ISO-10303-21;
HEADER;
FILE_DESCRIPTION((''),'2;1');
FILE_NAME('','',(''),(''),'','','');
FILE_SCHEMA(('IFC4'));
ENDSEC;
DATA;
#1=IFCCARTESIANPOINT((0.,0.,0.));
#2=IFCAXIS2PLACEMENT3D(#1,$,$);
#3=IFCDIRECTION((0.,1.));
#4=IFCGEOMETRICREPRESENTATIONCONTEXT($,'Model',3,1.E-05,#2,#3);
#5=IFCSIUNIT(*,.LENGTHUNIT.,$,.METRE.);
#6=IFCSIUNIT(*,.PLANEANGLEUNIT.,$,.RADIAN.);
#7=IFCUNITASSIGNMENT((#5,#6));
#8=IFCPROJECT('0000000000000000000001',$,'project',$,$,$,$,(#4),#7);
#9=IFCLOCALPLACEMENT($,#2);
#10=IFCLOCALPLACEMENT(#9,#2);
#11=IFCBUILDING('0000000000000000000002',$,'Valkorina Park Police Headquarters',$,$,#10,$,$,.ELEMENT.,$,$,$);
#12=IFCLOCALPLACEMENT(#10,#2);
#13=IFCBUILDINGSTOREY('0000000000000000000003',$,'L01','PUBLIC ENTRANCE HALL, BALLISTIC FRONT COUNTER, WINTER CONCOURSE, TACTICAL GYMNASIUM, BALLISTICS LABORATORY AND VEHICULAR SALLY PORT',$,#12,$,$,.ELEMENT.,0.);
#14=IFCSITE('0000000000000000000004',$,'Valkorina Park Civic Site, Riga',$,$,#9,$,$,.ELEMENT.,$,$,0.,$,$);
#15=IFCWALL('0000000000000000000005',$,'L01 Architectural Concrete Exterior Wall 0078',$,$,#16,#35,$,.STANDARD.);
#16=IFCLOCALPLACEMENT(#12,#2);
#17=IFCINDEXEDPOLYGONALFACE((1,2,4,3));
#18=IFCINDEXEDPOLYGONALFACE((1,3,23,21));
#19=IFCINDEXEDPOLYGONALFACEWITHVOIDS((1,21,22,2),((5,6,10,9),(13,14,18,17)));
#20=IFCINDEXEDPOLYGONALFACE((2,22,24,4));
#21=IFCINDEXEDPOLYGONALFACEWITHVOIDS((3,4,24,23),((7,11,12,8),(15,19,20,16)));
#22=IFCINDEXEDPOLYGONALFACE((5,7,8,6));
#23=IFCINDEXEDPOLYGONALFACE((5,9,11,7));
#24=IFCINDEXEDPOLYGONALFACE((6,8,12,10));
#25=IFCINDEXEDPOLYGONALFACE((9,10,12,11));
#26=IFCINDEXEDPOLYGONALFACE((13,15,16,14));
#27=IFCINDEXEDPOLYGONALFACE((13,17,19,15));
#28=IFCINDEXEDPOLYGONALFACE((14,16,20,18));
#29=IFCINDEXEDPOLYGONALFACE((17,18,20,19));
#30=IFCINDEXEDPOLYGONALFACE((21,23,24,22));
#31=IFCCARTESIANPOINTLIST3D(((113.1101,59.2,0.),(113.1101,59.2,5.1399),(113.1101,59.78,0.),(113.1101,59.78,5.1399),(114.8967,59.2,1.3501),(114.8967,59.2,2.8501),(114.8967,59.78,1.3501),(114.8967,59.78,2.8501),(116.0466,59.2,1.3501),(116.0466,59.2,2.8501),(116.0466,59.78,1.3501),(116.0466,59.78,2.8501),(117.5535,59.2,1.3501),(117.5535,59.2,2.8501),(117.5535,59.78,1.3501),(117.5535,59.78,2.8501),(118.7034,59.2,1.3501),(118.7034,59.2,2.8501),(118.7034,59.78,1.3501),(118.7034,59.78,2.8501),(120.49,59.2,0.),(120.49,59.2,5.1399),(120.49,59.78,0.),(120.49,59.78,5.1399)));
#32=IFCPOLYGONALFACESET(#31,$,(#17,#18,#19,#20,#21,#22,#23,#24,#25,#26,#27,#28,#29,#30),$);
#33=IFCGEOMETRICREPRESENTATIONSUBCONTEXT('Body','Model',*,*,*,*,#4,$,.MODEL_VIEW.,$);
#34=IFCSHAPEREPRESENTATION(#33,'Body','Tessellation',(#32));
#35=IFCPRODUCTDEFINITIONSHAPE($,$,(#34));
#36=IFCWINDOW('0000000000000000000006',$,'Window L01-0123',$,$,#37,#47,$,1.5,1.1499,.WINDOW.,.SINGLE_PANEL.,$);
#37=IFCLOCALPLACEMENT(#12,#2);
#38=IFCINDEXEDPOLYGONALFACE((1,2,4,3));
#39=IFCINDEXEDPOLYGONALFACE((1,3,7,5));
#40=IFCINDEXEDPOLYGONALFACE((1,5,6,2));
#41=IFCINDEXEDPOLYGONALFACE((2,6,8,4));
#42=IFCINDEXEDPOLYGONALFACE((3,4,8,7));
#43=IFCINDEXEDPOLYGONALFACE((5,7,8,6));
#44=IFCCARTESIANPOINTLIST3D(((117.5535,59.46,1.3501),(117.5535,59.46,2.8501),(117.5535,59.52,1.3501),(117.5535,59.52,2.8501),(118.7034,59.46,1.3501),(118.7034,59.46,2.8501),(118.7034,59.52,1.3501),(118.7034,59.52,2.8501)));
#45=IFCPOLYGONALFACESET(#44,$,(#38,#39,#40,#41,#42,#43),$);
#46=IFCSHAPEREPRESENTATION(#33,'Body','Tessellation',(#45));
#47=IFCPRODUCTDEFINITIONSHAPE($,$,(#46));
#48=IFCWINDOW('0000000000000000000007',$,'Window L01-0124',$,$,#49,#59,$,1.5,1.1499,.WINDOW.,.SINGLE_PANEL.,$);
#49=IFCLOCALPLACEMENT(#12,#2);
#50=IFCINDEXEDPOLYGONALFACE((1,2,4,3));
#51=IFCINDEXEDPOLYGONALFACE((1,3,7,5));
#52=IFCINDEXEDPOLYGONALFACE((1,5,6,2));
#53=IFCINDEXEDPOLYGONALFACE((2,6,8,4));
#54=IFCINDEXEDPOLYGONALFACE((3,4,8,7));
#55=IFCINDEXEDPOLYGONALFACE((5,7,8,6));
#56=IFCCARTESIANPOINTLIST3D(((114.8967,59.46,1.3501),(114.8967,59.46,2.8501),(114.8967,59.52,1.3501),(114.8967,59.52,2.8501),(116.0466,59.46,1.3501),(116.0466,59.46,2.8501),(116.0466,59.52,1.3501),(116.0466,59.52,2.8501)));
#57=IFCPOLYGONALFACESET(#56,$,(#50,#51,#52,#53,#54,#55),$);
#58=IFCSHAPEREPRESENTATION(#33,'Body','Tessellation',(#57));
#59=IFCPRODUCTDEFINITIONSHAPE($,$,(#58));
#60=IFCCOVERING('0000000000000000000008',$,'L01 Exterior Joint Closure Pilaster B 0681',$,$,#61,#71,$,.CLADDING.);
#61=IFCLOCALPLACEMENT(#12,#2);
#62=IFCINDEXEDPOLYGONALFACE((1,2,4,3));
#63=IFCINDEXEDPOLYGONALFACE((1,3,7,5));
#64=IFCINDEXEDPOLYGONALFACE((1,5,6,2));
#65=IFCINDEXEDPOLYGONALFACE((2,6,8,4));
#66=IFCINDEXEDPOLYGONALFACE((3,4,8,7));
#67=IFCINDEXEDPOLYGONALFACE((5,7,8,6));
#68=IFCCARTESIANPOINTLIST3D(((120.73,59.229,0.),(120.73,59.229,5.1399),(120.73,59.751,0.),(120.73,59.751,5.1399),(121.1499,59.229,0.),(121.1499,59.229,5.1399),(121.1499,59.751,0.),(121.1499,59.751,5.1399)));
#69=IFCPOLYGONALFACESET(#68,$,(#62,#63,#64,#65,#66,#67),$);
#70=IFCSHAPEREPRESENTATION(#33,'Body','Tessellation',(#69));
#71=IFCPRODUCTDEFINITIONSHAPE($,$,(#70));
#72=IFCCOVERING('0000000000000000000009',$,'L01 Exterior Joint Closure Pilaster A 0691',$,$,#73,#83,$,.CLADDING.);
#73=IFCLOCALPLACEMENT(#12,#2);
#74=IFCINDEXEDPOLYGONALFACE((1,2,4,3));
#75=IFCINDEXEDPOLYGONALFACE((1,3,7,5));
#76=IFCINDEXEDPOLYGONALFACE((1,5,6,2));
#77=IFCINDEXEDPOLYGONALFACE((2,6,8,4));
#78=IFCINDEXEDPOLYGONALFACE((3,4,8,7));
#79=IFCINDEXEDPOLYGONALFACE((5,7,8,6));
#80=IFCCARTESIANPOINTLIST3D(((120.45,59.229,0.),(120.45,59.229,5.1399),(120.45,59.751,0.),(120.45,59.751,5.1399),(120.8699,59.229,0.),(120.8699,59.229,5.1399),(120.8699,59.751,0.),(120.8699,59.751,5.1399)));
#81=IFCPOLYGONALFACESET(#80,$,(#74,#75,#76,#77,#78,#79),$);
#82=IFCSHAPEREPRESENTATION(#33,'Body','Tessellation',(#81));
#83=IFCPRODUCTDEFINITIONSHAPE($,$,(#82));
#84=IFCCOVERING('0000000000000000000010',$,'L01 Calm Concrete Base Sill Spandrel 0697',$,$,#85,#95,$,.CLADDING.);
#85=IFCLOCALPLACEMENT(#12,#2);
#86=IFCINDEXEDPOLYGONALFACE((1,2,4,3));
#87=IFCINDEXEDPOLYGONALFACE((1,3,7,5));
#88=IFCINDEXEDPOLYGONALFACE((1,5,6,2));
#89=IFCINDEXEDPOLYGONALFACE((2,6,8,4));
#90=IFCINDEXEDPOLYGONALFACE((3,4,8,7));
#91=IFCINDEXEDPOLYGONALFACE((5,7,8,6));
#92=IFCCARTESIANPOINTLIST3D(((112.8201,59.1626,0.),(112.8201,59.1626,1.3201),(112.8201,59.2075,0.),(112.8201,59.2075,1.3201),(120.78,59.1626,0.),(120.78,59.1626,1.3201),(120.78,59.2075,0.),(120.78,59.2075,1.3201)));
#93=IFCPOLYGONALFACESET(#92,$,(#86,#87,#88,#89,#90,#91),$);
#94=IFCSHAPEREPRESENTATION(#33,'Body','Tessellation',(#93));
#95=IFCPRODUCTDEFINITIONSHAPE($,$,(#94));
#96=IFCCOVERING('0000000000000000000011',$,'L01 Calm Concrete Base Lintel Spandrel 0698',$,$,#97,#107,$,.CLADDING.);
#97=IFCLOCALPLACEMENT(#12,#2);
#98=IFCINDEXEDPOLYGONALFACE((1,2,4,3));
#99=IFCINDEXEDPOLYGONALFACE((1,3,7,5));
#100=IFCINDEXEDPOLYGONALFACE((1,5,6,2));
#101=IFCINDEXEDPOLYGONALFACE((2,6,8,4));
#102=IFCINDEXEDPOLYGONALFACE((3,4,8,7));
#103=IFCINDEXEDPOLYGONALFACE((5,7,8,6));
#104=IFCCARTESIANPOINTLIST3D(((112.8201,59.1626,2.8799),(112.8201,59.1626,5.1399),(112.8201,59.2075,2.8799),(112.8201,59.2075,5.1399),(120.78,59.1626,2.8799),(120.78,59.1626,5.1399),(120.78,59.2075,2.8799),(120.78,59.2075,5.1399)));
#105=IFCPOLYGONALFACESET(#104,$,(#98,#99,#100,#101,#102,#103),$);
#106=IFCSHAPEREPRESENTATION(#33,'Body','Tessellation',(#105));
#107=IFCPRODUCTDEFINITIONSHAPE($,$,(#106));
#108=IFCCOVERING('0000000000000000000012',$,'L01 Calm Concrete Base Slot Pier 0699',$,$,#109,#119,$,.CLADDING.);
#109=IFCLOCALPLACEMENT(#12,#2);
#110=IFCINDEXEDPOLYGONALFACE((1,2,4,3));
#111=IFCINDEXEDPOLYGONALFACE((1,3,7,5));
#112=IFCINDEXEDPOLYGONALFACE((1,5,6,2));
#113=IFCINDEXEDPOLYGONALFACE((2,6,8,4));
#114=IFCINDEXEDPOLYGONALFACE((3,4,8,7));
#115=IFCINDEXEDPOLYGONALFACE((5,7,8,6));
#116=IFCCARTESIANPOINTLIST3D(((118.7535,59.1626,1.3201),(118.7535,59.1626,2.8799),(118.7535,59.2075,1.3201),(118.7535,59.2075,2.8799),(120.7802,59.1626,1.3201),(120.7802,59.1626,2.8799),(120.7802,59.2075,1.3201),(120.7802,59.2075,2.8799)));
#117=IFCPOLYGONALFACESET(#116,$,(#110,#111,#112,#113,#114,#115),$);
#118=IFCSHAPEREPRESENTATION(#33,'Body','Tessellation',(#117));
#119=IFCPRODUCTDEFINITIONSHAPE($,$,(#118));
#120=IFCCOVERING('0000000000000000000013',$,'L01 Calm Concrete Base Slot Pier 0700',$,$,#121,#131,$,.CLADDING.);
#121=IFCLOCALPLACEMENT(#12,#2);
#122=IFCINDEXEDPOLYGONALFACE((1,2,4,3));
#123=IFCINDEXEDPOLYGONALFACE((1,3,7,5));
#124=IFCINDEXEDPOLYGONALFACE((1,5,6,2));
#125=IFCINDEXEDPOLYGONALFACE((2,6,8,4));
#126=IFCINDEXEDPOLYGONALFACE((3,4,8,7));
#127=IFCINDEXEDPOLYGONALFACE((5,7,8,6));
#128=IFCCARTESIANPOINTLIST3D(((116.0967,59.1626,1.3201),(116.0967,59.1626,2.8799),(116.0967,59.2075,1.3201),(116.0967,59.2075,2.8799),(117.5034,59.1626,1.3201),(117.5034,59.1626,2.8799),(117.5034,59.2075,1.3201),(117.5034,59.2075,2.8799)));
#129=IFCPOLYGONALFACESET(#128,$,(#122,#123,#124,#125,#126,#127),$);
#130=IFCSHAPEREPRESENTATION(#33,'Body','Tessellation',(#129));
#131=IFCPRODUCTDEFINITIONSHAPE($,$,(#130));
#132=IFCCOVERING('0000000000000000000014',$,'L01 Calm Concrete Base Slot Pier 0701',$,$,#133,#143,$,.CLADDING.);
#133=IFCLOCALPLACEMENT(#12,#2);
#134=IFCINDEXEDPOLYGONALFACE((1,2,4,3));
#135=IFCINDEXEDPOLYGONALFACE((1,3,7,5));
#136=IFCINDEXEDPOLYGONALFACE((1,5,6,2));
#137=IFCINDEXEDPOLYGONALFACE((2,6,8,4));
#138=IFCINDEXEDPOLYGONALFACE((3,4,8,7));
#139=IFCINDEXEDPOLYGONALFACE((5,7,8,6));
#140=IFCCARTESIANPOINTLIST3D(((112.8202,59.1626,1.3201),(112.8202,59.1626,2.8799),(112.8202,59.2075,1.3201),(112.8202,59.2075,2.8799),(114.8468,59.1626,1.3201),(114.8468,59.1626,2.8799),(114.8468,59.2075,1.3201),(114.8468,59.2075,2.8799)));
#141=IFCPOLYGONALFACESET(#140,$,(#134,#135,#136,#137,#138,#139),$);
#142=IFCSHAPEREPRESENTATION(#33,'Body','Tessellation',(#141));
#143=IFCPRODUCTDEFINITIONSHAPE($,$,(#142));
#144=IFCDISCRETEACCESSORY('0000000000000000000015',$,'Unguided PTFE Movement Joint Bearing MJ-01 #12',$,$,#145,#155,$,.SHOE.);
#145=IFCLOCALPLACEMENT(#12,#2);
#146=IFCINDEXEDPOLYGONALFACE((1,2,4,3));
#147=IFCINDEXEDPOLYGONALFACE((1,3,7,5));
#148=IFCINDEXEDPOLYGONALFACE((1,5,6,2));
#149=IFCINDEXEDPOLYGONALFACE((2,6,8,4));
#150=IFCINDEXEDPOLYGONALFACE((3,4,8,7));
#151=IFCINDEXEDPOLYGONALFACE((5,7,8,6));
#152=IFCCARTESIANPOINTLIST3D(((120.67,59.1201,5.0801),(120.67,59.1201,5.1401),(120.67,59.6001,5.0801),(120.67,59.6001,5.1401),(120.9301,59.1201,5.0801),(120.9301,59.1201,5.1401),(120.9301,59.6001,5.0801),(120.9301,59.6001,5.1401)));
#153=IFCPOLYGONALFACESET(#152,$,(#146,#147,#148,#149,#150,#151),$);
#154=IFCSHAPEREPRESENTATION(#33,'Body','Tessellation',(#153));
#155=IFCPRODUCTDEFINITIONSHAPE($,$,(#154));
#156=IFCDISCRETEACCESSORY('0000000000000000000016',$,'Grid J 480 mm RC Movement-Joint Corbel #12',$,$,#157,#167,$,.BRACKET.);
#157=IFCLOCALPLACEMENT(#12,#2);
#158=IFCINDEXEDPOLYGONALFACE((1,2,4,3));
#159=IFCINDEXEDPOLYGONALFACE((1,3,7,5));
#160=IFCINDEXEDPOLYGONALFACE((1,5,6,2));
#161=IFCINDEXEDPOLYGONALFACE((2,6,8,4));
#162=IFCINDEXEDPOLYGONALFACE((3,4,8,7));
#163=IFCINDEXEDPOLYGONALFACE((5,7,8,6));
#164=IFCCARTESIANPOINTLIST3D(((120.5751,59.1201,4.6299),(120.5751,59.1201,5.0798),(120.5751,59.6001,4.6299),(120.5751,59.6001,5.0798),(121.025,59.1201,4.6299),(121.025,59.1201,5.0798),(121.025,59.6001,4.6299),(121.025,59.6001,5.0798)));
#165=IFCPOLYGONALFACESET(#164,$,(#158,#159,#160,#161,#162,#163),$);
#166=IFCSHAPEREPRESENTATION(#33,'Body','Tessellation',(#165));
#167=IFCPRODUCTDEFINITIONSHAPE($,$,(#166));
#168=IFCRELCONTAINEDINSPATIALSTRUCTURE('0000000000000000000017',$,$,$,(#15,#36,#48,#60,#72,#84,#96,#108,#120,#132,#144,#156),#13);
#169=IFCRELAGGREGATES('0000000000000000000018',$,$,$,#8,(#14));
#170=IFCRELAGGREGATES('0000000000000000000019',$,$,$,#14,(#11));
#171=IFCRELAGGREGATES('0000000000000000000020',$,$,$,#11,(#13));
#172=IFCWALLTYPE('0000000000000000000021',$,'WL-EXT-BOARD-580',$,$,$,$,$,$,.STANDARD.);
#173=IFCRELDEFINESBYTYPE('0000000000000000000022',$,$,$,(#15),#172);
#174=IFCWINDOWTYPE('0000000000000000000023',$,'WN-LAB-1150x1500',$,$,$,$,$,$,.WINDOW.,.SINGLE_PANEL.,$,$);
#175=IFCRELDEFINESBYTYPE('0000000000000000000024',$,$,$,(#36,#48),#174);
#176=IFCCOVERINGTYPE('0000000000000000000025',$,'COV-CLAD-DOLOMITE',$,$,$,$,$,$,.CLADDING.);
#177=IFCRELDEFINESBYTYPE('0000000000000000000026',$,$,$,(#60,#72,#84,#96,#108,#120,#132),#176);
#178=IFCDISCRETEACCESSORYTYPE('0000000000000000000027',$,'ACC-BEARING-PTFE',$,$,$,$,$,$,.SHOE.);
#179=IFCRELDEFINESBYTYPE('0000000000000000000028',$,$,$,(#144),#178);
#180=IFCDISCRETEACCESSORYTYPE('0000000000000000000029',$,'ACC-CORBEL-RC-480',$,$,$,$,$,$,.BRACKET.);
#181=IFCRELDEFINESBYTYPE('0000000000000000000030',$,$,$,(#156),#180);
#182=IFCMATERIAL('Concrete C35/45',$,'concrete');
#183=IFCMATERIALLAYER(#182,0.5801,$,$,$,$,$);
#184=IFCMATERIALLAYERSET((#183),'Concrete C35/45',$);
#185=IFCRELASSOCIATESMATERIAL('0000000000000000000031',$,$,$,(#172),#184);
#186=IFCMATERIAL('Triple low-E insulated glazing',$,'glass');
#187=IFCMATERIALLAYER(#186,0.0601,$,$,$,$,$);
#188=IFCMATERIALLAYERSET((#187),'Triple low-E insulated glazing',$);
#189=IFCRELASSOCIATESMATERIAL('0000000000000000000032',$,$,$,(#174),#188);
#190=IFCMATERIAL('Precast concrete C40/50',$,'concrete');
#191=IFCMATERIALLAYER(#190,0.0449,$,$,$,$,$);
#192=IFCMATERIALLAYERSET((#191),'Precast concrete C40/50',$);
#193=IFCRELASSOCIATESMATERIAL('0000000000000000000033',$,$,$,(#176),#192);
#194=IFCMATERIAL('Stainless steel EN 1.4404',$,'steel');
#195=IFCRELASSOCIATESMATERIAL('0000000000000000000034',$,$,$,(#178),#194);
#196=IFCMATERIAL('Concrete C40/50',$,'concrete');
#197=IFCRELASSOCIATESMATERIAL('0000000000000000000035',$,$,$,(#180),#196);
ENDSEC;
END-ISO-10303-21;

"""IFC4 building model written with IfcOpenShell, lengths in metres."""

from ifc_helpers import new_model, si_unit, direction, frame, frame_2d, origin, origin_2d, place, context, subcontext, project, spatial, rectangle, extrude, material, layer, layer_set, type_object, element, fill, save


model = new_model("IFC4")

# Units and contexts
model_context = context("Model", 3, precision=1e-05, world=origin(), true_north=direction((0.0, 1.0)))
body_context = subcontext(model_context, "Body", "Model", "MODEL_VIEW")
ifc_project = project(units=[si_unit("LENGTHUNIT", "METRE"), si_unit("PLANEANGLEUNIT", "RADIAN")], contexts=[model_context])

# Site, building, storey
site_placement = place(None, origin())
site = spatial("IfcSite", under=ifc_project, at=site_placement, Name="Valkorina Park Civic Site, Riga", CompositionType="ELEMENT", RefElevation=0.0)
building_placement = place(site_placement, origin())
building = spatial("IfcBuilding", under=site, at=building_placement, Name="Valkorina Park Police Headquarters", CompositionType="ELEMENT")
storey_placement = place(building_placement, origin())
storey = spatial("IfcBuildingStorey", under=building, at=storey_placement, Name="L01", Description="PUBLIC ENTRANCE HALL, BALLISTIC FRONT COUNTER, WINTER CONCOURSE, TACTICAL GYMNASIUM, BALLISTICS LABORATORY AND VEHICULAR SALLY PORT", CompositionType="ELEMENT", Elevation=0.0)

# Shared definitions
ifc_material_1 = material(Name="Concrete C40/50", Category="concrete")

# Wall, openings, windows
ifc_material_2 = material(Name="Concrete C35/45", Category="concrete")
ifc_layer_1 = layer(ifc_material_2, 0.5801)
ifc_layer_set_1 = layer_set([ifc_layer_1], Name="Concrete C35/45")
wall_type = type_object("IfcWallType", Name="WL-EXT-BOARD-580", PredefinedType="STANDARD", material=ifc_layer_set_1)
wall_placement = place(storey_placement, frame((120.49, 59.49, 0.0), z_axis=(0.0, 0.0, 1.0), x_axis=(-1.0, 0.0, 0.0)))
wall = element("IfcWall", 1, at=wall_placement, inside=storey, type_object=wall_type, Name="L01 Architectural Concrete Exterior Wall 0078", PredefinedType="STANDARD", context=body_context, shape_type="SweptSolid", body=[
    extrude(rectangle(XDim=7.3799, YDim=0.5801, at=frame_2d((3.6899, 0.0))), origin(), (0.0, 0.0, 1.0), 5.1399),
])
opening_1_placement = place(wall_placement, frame((1.7866, 0.0, 1.3501)))
opening_1 = element("IfcOpeningElement", 2, at=opening_1_placement, cuts=wall, PredefinedType="OPENING", context=body_context, shape_type="SweptSolid", body=[
    extrude(rectangle(XDim=1.1499, YDim=1.5, at=frame_2d((0.575, 0.75))), frame((0.0, 0.3, 0.0), z_axis=(0.0, -1.0, 0.0), x_axis=(1.0, 0.0, 0.0)), (0.0, 0.0, 1.0), 0.6001),
])
opening_2_placement = place(wall_placement, frame((4.4434, 0.0, 1.3501)))
opening_2 = element("IfcOpeningElement", 3, at=opening_2_placement, cuts=wall, PredefinedType="OPENING", context=body_context, shape_type="SweptSolid", body=[
    extrude(rectangle(XDim=1.1499, YDim=1.5, at=frame_2d((0.575, 0.75))), frame((0.0, 0.3, 0.0), z_axis=(0.0, -1.0, 0.0), x_axis=(1.0, 0.0, 0.0)), (0.0, 0.0, 1.0), 0.6001),
])
ifc_material_3 = material(Name="Triple low-E insulated glazing", Category="glass")
ifc_layer_2 = layer(ifc_material_3, 0.0601)
ifc_layer_set_2 = layer_set([ifc_layer_2], Name="Triple low-E insulated glazing")
window_type = type_object("IfcWindowType", Name="WN-LAB-1150x1500", PartitioningType="SINGLE_PANEL", PredefinedType="WINDOW", material=ifc_layer_set_2)
window_1_placement = place(opening_1_placement, origin())
window_1 = element("IfcWindow", 4, at=window_1_placement, inside=storey, type_object=window_type, Name="Window L01-0123", OverallHeight=1.5, OverallWidth=1.1499, PartitioningType="SINGLE_PANEL", PredefinedType="WINDOW", context=body_context, shape_type="SweptSolid", body=[
    extrude(rectangle(XDim=1.1499, YDim=1.5, at=frame_2d((0.575, 0.75))), frame((0.0, 0.03, 0.0), z_axis=(0.0, -1.0, 0.0), x_axis=(1.0, 0.0, 0.0)), (0.0, 0.0, 1.0), 0.0601),
])
fill(opening_1, window_1)
window_2_placement = place(opening_2_placement, origin())
window_2 = element("IfcWindow", 5, at=window_2_placement, inside=storey, type_object=window_type, Name="Window L01-0124", OverallHeight=1.5, OverallWidth=1.1499, PartitioningType="SINGLE_PANEL", PredefinedType="WINDOW", context=body_context, shape_type="SweptSolid", body=[
    extrude(rectangle(XDim=1.1499, YDim=1.5, at=frame_2d((0.575, 0.75))), frame((0.0, 0.03, 0.0), z_axis=(0.0, -1.0, 0.0), x_axis=(1.0, 0.0, 0.0)), (0.0, 0.0, 1.0), 0.0601),
])
fill(opening_2, window_2)

# Coverings
ifc_material_4 = material(Name="Precast concrete C40/50", Category="concrete")
ifc_layer_3 = layer(ifc_material_4, 0.0449)
ifc_layer_set_3 = layer_set([ifc_layer_3], Name="Precast concrete C40/50")
covering_type = type_object("IfcCoveringType", Name="COV-CLAD-DOLOMITE", PredefinedType="CLADDING", material=ifc_layer_set_3)
for number, where, z_axis, x_axis, name in (
    (6, (120.9399, 59.49, 0.0), (0.0, 0.0, 1.0), (1.0, 0.0, 0.0), "L01 Exterior Joint Closure Pilaster B 0681"),
    (7, (120.6599, 59.49, 0.0), (0.0, 0.0, 1.0), (1.0, 0.0, 0.0), "L01 Exterior Joint Closure Pilaster A 0691"),
):
    element("IfcCovering", number, at=place(storey_placement, frame(where, z_axis=z_axis, x_axis=x_axis)), inside=storey, type_object=covering_type, Name=name, PredefinedType="CLADDING", context=body_context, shape_type="SweptSolid", body=[
        extrude(rectangle(XDim=0.4199, YDim=0.522, at=origin_2d()), origin(), (0.0, 0.0, 1.0), 5.1399),
    ])
covering_1_placement = place(storey_placement, frame((120.78, 59.1851, 0.0), z_axis=(0.0, 0.0, 1.0), x_axis=(-1.0, 0.0, 0.0)))
element("IfcCovering", 8, at=covering_1_placement, inside=storey, type_object=covering_type, Name="L01 Calm Concrete Base Sill Spandrel 0697", PredefinedType="CLADDING", context=body_context, shape_type="SweptSolid", body=[
    extrude(rectangle(XDim=7.96, YDim=0.0449, at=frame_2d((3.98, 0.0))), origin(), (0.0, 0.0, 1.0), 1.3201),
])
covering_2_placement = place(storey_placement, frame((120.78, 59.1851, 2.8799), z_axis=(0.0, 0.0, 1.0), x_axis=(-1.0, 0.0, 0.0)))
element("IfcCovering", 9, at=covering_2_placement, inside=storey, type_object=covering_type, Name="L01 Calm Concrete Base Lintel Spandrel 0698", PredefinedType="CLADDING", context=body_context, shape_type="SweptSolid", body=[
    extrude(rectangle(XDim=7.96, YDim=0.0449, at=frame_2d((3.98, 0.0))), origin(), (0.0, 0.0, 1.0), 2.26),
])
covering_3_placement = place(storey_placement, frame((120.78, 59.1851, 1.3201), z_axis=(0.0, 0.0, 1.0), x_axis=(-1.0, 0.0, 0.0)))
element("IfcCovering", 10, at=covering_3_placement, inside=storey, type_object=covering_type, Name="L01 Calm Concrete Base Slot Pier 0699", PredefinedType="CLADDING", context=body_context, shape_type="SweptSolid", body=[
    extrude(rectangle(XDim=2.0266, YDim=0.0449, at=frame_2d((1.0132, 0.0))), origin(), (0.0, 0.0, 1.0), 1.5598),
])
covering_4_placement = place(storey_placement, frame((117.5034, 59.1851, 1.3201), z_axis=(0.0, 0.0, 1.0), x_axis=(-1.0, 0.0, 0.0)))
element("IfcCovering", 11, at=covering_4_placement, inside=storey, type_object=covering_type, Name="L01 Calm Concrete Base Slot Pier 0700", PredefinedType="CLADDING", context=body_context, shape_type="SweptSolid", body=[
    extrude(rectangle(XDim=1.4067, YDim=0.0449, at=frame_2d((0.7034, 0.0))), origin(), (0.0, 0.0, 1.0), 1.5598),
])
covering_5_placement = place(storey_placement, frame((114.8467, 59.1851, 1.3201), z_axis=(0.0, 0.0, 1.0), x_axis=(-1.0, 0.0, 0.0)))
element("IfcCovering", 12, at=covering_5_placement, inside=storey, type_object=covering_type, Name="L01 Calm Concrete Base Slot Pier 0701", PredefinedType="CLADDING", context=body_context, shape_type="SweptSolid", body=[
    extrude(rectangle(XDim=2.0266, YDim=0.0449, at=frame_2d((1.0132, 0.0))), origin(), (0.0, 0.0, 1.0), 1.5598),
])

# Discrete accessories
ifc_material_5 = material(Name="Stainless steel EN 1.4404", Category="steel")
discrete_accessory_type_1 = type_object("IfcDiscreteAccessoryType", Name="ACC-BEARING-PTFE", PredefinedType="SHOE", material=ifc_material_5)
discrete_accessory_1_placement = place(storey_placement, frame((120.8, 59.3601, 5.0801), z_axis=(0.0, 0.0, 1.0), x_axis=(1.0, 0.0, 0.0)))
element("IfcDiscreteAccessory", 13, at=discrete_accessory_1_placement, inside=storey, type_object=discrete_accessory_type_1, Name="Unguided PTFE Movement Joint Bearing MJ-01 #12", PredefinedType="SHOE", context=body_context, shape_type="SweptSolid", body=[
    extrude(rectangle(XDim=0.26, YDim=0.48, at=origin_2d()), origin(), (0.0, 0.0, 1.0), 0.0601),
])
discrete_accessory_type_2 = type_object("IfcDiscreteAccessoryType", Name="ACC-CORBEL-RC-480", PredefinedType="BRACKET", material=ifc_material_1)
discrete_accessory_2_placement = place(storey_placement, frame((120.8, 59.3601, 4.6299), z_axis=(0.0, 0.0, 1.0), x_axis=(1.0, 0.0, 0.0)))
element("IfcDiscreteAccessory", 14, at=discrete_accessory_2_placement, inside=storey, type_object=discrete_accessory_type_2, Name="Grid J 480 mm RC Movement-Joint Corbel #12", PredefinedType="BRACKET", context=body_context, shape_type="SweptSolid", body=[
    extrude(rectangle(XDim=0.45, YDim=0.48, at=origin_2d()), origin(), (0.0, 0.0, 1.0), 0.45),
])

save(model, "model.ifc")
